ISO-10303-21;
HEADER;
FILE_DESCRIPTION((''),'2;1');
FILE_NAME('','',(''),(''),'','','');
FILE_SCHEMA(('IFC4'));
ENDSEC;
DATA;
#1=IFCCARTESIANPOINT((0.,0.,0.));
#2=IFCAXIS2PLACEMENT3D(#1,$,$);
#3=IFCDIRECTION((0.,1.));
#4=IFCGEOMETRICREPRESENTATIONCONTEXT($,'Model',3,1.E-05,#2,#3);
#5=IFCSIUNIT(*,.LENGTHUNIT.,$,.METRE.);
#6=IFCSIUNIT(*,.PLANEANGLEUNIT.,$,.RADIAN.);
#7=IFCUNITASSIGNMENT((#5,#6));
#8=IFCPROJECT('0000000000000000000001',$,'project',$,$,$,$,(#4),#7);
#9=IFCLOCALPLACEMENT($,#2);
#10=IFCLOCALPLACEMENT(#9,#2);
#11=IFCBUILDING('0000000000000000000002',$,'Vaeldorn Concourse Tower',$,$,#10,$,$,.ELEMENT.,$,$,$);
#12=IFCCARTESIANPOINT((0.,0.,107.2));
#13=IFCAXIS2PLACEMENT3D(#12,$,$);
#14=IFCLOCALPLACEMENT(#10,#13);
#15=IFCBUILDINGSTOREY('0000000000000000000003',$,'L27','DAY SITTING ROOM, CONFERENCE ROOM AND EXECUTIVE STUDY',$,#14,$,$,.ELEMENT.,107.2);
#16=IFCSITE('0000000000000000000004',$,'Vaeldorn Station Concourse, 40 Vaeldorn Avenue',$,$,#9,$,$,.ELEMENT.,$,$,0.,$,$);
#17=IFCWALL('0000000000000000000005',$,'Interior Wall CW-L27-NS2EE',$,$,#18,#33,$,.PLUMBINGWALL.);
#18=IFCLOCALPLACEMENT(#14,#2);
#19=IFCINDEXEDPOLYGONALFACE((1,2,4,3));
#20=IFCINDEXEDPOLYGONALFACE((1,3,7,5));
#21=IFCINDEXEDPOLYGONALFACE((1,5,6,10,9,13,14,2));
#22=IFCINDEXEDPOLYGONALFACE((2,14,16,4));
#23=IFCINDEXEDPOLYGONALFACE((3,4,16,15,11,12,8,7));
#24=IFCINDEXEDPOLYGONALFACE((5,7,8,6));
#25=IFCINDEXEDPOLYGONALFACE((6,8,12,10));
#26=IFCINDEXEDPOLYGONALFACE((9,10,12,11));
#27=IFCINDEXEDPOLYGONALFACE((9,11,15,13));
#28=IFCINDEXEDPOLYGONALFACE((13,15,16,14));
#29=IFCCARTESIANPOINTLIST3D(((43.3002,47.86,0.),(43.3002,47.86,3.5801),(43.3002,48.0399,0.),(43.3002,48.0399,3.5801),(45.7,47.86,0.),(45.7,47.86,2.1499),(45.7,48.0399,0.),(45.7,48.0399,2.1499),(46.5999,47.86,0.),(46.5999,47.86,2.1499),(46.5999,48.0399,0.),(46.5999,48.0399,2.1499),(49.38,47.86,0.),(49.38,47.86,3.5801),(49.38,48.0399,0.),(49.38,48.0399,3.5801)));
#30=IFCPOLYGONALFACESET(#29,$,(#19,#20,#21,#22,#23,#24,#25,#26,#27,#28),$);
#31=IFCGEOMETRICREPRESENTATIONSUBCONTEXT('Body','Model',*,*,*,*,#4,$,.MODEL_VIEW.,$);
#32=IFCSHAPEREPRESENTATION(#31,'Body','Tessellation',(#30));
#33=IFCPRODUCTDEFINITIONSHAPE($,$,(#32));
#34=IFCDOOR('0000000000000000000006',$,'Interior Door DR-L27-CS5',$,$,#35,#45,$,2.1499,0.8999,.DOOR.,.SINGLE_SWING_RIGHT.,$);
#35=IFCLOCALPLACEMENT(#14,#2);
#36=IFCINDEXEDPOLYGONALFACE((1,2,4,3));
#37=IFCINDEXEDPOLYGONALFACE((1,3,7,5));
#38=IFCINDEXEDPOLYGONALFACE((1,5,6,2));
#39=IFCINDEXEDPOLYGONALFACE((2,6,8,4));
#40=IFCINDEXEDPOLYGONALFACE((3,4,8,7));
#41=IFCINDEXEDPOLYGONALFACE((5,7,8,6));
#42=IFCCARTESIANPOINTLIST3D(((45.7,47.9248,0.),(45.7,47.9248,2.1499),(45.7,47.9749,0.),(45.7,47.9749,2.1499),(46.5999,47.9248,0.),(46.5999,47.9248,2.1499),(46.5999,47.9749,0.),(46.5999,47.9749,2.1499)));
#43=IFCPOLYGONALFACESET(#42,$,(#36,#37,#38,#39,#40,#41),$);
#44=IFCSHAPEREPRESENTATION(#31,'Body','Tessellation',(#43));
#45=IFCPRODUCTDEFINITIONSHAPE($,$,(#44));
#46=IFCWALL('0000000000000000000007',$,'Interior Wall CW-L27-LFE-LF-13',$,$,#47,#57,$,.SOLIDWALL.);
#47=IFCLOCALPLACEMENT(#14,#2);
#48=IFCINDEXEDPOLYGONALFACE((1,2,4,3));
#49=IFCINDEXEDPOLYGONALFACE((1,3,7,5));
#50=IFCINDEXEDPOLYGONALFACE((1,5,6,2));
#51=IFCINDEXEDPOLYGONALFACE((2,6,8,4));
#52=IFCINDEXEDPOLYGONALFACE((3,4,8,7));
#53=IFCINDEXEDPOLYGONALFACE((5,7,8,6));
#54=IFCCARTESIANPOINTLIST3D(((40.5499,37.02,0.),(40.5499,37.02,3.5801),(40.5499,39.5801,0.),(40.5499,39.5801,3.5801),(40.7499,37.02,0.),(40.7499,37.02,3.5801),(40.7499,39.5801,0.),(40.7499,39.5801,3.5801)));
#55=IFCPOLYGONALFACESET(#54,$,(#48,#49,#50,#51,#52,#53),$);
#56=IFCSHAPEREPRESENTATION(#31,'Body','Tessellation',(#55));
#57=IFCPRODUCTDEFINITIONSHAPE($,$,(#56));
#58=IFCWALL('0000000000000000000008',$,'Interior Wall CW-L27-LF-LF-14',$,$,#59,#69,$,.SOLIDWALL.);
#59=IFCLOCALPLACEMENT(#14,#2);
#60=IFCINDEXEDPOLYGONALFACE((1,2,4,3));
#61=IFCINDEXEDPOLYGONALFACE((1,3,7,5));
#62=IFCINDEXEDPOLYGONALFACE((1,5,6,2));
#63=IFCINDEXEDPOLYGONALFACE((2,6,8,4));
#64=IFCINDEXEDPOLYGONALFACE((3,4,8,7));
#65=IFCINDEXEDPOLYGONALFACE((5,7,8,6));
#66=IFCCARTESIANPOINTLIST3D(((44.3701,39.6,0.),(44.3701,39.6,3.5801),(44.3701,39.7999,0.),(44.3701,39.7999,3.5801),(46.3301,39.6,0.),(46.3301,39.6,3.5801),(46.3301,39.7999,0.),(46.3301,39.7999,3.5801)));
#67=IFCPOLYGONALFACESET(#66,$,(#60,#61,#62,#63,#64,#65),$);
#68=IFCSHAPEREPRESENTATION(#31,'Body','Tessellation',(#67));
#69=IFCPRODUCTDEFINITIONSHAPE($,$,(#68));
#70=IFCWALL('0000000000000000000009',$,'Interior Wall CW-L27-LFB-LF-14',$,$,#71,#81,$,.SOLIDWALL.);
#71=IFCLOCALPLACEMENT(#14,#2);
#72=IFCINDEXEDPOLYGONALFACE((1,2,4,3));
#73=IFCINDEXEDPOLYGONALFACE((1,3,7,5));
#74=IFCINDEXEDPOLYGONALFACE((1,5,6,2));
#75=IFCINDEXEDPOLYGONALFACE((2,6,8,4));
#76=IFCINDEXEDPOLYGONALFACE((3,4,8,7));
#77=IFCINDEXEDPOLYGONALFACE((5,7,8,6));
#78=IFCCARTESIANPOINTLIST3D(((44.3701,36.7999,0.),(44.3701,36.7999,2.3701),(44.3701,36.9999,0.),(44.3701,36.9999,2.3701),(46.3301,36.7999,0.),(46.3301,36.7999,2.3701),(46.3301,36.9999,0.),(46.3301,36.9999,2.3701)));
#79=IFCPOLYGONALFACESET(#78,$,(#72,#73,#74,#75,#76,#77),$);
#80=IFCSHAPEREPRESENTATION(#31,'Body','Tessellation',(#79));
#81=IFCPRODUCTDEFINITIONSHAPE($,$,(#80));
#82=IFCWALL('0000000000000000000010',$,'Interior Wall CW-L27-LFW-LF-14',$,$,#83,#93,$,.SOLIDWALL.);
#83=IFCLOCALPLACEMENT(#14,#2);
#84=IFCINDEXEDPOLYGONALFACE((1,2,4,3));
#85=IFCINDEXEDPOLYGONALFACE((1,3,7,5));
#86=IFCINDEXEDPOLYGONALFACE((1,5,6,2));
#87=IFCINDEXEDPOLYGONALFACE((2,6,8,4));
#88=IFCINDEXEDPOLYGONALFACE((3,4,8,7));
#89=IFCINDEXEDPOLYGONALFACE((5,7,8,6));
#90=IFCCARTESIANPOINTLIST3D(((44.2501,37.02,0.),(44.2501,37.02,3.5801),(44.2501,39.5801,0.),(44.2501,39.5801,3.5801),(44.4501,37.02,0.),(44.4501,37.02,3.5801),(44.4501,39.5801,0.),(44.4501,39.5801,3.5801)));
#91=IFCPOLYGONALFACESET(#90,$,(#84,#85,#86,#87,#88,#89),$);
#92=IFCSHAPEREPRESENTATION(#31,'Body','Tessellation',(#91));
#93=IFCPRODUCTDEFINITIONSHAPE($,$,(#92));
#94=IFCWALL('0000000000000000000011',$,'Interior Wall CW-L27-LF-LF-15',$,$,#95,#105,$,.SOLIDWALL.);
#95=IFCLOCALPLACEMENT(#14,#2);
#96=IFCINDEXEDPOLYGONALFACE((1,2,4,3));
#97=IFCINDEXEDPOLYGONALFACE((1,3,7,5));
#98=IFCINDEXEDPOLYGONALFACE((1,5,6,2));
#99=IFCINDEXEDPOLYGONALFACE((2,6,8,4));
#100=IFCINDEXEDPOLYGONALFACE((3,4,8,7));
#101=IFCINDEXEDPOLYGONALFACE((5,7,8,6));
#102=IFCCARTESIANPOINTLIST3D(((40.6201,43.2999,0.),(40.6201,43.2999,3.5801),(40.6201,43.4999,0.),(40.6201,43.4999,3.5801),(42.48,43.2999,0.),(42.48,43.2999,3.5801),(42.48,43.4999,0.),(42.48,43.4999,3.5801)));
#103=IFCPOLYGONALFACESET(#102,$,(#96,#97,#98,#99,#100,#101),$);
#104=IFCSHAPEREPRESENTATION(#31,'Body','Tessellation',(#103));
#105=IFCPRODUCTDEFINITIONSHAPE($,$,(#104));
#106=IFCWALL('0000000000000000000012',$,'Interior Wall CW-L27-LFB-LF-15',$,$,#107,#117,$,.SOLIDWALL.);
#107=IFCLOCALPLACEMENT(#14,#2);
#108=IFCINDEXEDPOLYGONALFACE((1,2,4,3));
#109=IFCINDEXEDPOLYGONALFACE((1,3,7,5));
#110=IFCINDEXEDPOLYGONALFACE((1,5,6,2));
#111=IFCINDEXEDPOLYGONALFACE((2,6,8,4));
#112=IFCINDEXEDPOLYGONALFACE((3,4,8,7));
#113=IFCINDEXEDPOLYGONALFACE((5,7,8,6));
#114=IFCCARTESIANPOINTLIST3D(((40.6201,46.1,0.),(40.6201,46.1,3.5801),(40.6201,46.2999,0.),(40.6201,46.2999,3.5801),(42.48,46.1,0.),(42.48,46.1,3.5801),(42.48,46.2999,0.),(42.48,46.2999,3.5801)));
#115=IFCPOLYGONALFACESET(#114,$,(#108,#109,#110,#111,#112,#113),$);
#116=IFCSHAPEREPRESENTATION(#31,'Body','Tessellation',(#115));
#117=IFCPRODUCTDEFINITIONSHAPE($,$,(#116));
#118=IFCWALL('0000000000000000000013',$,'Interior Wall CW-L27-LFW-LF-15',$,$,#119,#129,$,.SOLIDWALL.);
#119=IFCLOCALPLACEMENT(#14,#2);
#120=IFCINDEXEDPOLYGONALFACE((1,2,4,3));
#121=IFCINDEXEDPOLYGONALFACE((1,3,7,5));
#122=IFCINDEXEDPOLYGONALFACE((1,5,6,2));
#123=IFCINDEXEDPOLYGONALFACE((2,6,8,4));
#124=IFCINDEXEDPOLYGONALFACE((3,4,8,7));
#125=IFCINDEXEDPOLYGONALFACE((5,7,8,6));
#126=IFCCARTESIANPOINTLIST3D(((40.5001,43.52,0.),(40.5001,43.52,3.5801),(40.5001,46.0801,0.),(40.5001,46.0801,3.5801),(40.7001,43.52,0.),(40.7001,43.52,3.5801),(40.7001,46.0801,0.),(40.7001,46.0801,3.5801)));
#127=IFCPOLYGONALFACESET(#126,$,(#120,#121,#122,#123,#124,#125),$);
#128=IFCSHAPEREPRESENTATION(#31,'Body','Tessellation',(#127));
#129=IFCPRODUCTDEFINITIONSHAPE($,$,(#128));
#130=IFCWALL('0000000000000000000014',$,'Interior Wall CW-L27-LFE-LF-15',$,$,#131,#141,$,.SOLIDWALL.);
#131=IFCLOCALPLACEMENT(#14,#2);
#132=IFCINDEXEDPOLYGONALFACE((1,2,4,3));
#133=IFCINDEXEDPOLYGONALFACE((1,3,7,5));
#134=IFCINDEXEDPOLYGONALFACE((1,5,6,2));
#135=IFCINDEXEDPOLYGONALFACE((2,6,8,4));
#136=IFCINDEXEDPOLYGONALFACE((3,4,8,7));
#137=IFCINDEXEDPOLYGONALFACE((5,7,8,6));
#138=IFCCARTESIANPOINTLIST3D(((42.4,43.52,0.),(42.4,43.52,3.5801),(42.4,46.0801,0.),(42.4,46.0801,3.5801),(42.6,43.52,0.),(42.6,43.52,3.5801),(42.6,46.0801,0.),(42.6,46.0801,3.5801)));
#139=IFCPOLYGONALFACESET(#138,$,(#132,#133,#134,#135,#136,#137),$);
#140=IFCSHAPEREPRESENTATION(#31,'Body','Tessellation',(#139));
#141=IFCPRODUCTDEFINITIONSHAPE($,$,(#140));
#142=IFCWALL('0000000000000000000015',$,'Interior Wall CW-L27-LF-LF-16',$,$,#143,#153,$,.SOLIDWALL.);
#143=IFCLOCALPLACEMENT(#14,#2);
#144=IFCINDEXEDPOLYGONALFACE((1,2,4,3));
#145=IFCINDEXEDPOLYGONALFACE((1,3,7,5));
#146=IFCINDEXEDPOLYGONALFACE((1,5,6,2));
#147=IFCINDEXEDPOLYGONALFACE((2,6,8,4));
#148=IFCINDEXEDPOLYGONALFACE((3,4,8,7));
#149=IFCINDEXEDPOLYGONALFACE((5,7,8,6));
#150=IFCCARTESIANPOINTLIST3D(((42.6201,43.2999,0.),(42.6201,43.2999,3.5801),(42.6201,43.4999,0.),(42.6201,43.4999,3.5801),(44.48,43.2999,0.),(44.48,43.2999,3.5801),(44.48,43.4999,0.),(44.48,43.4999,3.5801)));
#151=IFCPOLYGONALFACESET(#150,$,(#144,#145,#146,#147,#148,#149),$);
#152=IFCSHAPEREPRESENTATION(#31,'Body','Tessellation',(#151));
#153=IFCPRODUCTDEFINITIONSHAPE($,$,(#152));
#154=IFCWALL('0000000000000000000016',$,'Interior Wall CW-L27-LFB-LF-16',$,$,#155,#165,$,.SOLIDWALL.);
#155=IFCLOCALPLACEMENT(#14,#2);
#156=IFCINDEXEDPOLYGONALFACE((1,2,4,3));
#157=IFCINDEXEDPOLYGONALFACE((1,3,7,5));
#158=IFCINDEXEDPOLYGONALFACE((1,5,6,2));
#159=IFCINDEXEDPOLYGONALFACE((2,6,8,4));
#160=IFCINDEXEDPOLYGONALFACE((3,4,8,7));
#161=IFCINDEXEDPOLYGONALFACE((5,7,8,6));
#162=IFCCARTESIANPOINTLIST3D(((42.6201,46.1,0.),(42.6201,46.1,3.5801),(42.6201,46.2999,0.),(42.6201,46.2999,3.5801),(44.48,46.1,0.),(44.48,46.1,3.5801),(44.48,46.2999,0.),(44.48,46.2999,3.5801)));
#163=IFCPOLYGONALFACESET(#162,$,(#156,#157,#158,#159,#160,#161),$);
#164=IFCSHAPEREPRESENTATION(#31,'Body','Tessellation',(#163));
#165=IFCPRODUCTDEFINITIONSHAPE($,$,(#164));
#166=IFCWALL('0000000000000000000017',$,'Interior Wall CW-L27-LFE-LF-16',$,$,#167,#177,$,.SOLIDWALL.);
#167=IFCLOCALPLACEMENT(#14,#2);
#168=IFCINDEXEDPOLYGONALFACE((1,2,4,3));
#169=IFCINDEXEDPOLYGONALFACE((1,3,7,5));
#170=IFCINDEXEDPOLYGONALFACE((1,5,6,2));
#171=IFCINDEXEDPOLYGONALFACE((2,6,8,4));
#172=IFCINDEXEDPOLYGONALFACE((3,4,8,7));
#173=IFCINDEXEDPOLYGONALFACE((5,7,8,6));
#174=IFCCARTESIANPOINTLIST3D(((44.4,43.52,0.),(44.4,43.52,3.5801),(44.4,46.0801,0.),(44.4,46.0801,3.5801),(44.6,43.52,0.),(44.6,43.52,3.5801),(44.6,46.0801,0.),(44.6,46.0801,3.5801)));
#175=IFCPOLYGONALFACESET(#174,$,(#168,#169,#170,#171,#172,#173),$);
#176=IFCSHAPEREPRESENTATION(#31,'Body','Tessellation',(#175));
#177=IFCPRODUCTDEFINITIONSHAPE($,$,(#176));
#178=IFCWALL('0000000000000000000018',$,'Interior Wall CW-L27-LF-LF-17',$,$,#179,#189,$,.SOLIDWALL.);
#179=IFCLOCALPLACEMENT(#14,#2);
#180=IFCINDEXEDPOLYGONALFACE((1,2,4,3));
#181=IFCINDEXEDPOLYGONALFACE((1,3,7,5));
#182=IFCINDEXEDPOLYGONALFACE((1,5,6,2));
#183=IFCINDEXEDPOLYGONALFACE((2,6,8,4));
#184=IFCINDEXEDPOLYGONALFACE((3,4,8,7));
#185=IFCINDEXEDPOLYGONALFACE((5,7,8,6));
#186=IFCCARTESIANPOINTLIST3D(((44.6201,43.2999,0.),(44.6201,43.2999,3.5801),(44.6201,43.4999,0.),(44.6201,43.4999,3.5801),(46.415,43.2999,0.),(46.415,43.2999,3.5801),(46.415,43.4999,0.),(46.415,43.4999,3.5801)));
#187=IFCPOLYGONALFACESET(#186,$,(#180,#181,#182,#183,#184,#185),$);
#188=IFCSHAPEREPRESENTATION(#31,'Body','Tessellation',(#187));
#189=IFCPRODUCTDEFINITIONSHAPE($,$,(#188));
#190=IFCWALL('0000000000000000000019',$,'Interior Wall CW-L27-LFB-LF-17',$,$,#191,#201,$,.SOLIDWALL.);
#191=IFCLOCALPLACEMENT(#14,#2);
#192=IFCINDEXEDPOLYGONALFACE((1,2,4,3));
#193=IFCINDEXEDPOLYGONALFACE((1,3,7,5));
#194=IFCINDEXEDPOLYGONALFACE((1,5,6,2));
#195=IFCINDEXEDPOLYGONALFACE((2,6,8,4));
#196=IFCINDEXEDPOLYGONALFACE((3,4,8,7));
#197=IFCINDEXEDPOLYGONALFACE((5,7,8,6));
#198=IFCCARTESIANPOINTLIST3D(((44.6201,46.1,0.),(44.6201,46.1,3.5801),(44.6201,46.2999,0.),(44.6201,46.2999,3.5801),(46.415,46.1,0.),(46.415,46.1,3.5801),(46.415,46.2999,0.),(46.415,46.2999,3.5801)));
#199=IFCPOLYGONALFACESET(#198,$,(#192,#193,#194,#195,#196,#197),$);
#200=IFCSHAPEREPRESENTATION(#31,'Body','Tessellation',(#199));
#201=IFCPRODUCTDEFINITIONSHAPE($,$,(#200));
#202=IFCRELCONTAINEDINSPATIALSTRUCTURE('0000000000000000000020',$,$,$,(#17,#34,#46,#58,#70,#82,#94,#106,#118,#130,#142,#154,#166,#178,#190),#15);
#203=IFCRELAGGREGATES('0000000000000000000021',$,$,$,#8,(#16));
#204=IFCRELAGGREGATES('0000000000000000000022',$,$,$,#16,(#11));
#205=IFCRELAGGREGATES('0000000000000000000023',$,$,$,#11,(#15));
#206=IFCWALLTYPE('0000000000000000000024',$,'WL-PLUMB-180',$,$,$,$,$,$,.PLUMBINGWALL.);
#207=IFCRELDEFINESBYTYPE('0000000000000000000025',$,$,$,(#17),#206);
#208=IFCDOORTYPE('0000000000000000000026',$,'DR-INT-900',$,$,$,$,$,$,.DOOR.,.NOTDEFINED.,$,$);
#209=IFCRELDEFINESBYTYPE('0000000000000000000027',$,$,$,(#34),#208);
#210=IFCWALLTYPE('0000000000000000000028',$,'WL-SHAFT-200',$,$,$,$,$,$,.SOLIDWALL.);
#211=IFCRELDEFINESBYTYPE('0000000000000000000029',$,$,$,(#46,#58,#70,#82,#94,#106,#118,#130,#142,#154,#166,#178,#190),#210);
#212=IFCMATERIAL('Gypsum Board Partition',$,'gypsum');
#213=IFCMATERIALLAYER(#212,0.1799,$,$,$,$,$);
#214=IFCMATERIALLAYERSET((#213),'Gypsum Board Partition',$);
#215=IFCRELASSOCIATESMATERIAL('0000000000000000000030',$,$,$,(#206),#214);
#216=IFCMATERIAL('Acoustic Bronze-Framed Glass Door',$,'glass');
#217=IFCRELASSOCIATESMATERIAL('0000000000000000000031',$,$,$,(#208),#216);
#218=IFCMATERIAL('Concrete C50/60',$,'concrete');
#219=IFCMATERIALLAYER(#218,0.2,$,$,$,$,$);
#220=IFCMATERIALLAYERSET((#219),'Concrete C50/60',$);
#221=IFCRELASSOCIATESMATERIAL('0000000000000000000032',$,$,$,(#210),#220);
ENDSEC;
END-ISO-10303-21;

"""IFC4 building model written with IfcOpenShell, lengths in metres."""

from ifc_helpers import new_model, si_unit, direction, frame, frame_2d, origin, place, context, subcontext, project, spatial, rectangle, extrude, source, transform, mapped, material, layer, layer_set, type_object, element, fill, save


model = new_model("IFC4")

# Units and contexts
model_context = context("Model", 3, precision=1e-05, world=origin(), true_north=direction((0.0, 1.0)))
body_context = subcontext(model_context, "Body", "Model", "MODEL_VIEW")
ifc_project = project(units=[si_unit("LENGTHUNIT", "METRE"), si_unit("PLANEANGLEUNIT", "RADIAN")], contexts=[model_context])

# Site, building, storey
site_placement = place(None, origin())
site = spatial("IfcSite", under=ifc_project, at=site_placement, Name="Vaeldorn Station Concourse, 40 Vaeldorn Avenue", CompositionType="ELEMENT", RefElevation=0.0)
building_placement = place(site_placement, origin())
building = spatial("IfcBuilding", under=site, at=building_placement, Name="Vaeldorn Concourse Tower", CompositionType="ELEMENT")
storey_placement = place(building_placement, frame((0.0, 0.0, 107.2)))
storey = spatial("IfcBuildingStorey", under=building, at=storey_placement, Name="L27", Description="DAY SITTING ROOM, CONFERENCE ROOM AND EXECUTIVE STUDY", CompositionType="ELEMENT", Elevation=107.2)

# Shared definitions
ifc_material_1 = material(Name="Gypsum Board Partition", Category="gypsum")

# Shared definitions
ifc_layer_1 = layer(ifc_material_1, 0.1799)
ifc_layer_set_1 = layer_set([ifc_layer_1], Name="Gypsum Board Partition")
wall_type_1 = type_object("IfcWallType", Name="WL-PLUMB-180", PredefinedType="PLUMBINGWALL", material=ifc_layer_set_1)

# Wall, opening, door
wall_1_placement = place(storey_placement, frame((43.3, 47.95, 0.0), z_axis=(0.0, 0.0, 1.0), x_axis=(1.0, 0.0, 0.0)))
wall_1 = element("IfcWall", 1, at=wall_1_placement, inside=storey, type_object=wall_type_1, Name="Interior Wall CW-L27-NS2EE", PredefinedType="PLUMBINGWALL", context=body_context, shape_type="SweptSolid", body=[
    extrude(rectangle(XDim=6.0798, YDim=0.1799, at=frame_2d((3.04, 0.0))), origin(), (0.0, 0.0, 1.0), 3.5801),
])
opening_1_placement = place(wall_1_placement, frame((2.3999, 0.0, 0.0)))
opening_1 = element("IfcOpeningElement", 2, at=opening_1_placement, cuts=wall_1, PredefinedType="OPENING", context=body_context, shape_type="SweptSolid", body=[
    extrude(rectangle(XDim=0.8999, YDim=2.1499, at=frame_2d((0.45, 1.075))), frame((0.0, 0.1001, 0.0), z_axis=(0.0, -1.0, 0.0), x_axis=(1.0, 0.0, 0.0)), (0.0, 0.0, 1.0), 0.2),
])
ifc_material_2 = material(Name="Acoustic Bronze-Framed Glass Door", Category="glass")
door_type_1 = type_object("IfcDoorType", Name="DR-INT-900", OperationType="NOTDEFINED", PredefinedType="DOOR", material=ifc_material_2)
shared_shape_1 = source(origin(), body_context, "Body", "SweptSolid", [
    extrude(rectangle(XDim=0.8999, YDim=2.1499, at=frame_2d((0.45, 1.075))), frame((0.0, 0.0249, 0.0), z_axis=(0.0, -1.0, 0.0), x_axis=(1.0, 0.0, 0.0)), (0.0, 0.0, 1.0), 0.05),
])
door_1_placement = place(opening_1_placement, origin())
door_1 = element("IfcDoor", 3, at=door_1_placement, inside=storey, type_object=door_type_1, Name="Interior Door DR-L27-CS5", OperationType="SINGLE_SWING_RIGHT", OverallHeight=2.1499, OverallWidth=0.8999, PredefinedType="DOOR", context=body_context, shape_type="MappedRepresentation", body=[
    mapped(shared_shape_1, transform((0.0, 0.0, 0.0), scale=1.0)),
])
fill(opening_1, door_1)
ifc_material_3 = material(Name="Concrete C50/60", Category="concrete")
ifc_layer_2 = layer(ifc_material_3, 0.2)
ifc_layer_set_2 = layer_set([ifc_layer_2], Name="Concrete C50/60")
wall_type_2 = type_object("IfcWallType", Name="WL-SHAFT-200", PredefinedType="SOLIDWALL", material=ifc_layer_set_2)

# Walls
wall_2_placement = place(storey_placement, frame((40.6499, 37.02, 0.0), z_axis=(0.0, 0.0, 1.0), x_axis=(0.0, 1.0, 0.0)))
element("IfcWall", 4, at=wall_2_placement, inside=storey, type_object=wall_type_2, Name="Interior Wall CW-L27-LFE-LF-13", PredefinedType="SOLIDWALL", context=body_context, shape_type="SweptSolid", body=[
    extrude(rectangle(XDim=2.5601, YDim=0.2, at=frame_2d((1.28, 0.0))), origin(), (0.0, 0.0, 1.0), 3.5801),
])
wall_3_placement = place(storey_placement, frame((44.3701, 39.7, 0.0), z_axis=(0.0, 0.0, 1.0), x_axis=(1.0, 0.0, 0.0)))
element("IfcWall", 5, at=wall_3_placement, inside=storey, type_object=wall_type_2, Name="Interior Wall CW-L27-LF-LF-14", PredefinedType="SOLIDWALL", context=body_context, shape_type="SweptSolid", body=[
    extrude(rectangle(XDim=1.96, YDim=0.2, at=frame_2d((0.98, 0.0))), origin(), (0.0, 0.0, 1.0), 3.5801),
])
wall_4_placement = place(storey_placement, frame((44.3701, 36.8999, 0.0), z_axis=(0.0, 0.0, 1.0), x_axis=(1.0, 0.0, 0.0)))
element("IfcWall", 6, at=wall_4_placement, inside=storey, type_object=wall_type_2, Name="Interior Wall CW-L27-LFB-LF-14", PredefinedType="SOLIDWALL", context=body_context, shape_type="SweptSolid", body=[
    extrude(rectangle(XDim=1.96, YDim=0.2, at=frame_2d((0.98, 0.0))), origin(), (0.0, 0.0, 1.0), 2.3701),
])
wall_5_placement = place(storey_placement, frame((44.3501, 37.02, 0.0), z_axis=(0.0, 0.0, 1.0), x_axis=(0.0, 1.0, 0.0)))
element("IfcWall", 7, at=wall_5_placement, inside=storey, type_object=wall_type_2, Name="Interior Wall CW-L27-LFW-LF-14", PredefinedType="SOLIDWALL", context=body_context, shape_type="SweptSolid", body=[
    extrude(rectangle(XDim=2.5601, YDim=0.2, at=frame_2d((1.28, 0.0))), origin(), (0.0, 0.0, 1.0), 3.5801),
])
for number, where, z_axis, x_axis, name in (
    (8, (40.6201, 43.3999, 0.0), (0.0, 0.0, 1.0), (1.0, 0.0, 0.0), "Interior Wall CW-L27-LF-LF-15"),
    (9, (40.6201, 46.2, 0.0), (0.0, 0.0, 1.0), (1.0, 0.0, 0.0), "Interior Wall CW-L27-LFB-LF-15"),
):
    element("IfcWall", number, at=place(storey_placement, frame(where, z_axis=z_axis, x_axis=x_axis)), inside=storey, type_object=wall_type_2, Name=name, PredefinedType="SOLIDWALL", context=body_context, shape_type="SweptSolid", body=[
        extrude(rectangle(XDim=1.8599, YDim=0.2, at=frame_2d((0.9299, 0.0))), origin(), (0.0, 0.0, 1.0), 3.5801),
    ])
for number, where, z_axis, x_axis, name in (
    (10, (40.6001, 43.52, 0.0), (0.0, 0.0, 1.0), (0.0, 1.0, 0.0), "Interior Wall CW-L27-LFW-LF-15"),
    (11, (42.5, 43.52, 0.0), (0.0, 0.0, 1.0), (0.0, 1.0, 0.0), "Interior Wall CW-L27-LFE-LF-15"),
):
    element("IfcWall", number, at=place(storey_placement, frame(where, z_axis=z_axis, x_axis=x_axis)), inside=storey, type_object=wall_type_2, Name=name, PredefinedType="SOLIDWALL", context=body_context, shape_type="SweptSolid", body=[
        extrude(rectangle(XDim=2.5601, YDim=0.2, at=frame_2d((1.28, 0.0))), origin(), (0.0, 0.0, 1.0), 3.5801),
    ])
for number, where, z_axis, x_axis, name in (
    (12, (42.6201, 43.3999, 0.0), (0.0, 0.0, 1.0), (1.0, 0.0, 0.0), "Interior Wall CW-L27-LF-LF-16"),
    (13, (42.6201, 46.2, 0.0), (0.0, 0.0, 1.0), (1.0, 0.0, 0.0), "Interior Wall CW-L27-LFB-LF-16"),
):
    element("IfcWall", number, at=place(storey_placement, frame(where, z_axis=z_axis, x_axis=x_axis)), inside=storey, type_object=wall_type_2, Name=name, PredefinedType="SOLIDWALL", context=body_context, shape_type="SweptSolid", body=[
        extrude(rectangle(XDim=1.8599, YDim=0.2, at=frame_2d((0.9299, 0.0))), origin(), (0.0, 0.0, 1.0), 3.5801),
    ])
wall_6_placement = place(storey_placement, frame((44.5, 43.52, 0.0), z_axis=(0.0, 0.0, 1.0), x_axis=(0.0, 1.0, 0.0)))
element("IfcWall", 14, at=wall_6_placement, inside=storey, type_object=wall_type_2, Name="Interior Wall CW-L27-LFE-LF-16", PredefinedType="SOLIDWALL", context=body_context, shape_type="SweptSolid", body=[
    extrude(rectangle(XDim=2.5601, YDim=0.2, at=frame_2d((1.28, 0.0))), origin(), (0.0, 0.0, 1.0), 3.5801),
])
for number, where, z_axis, x_axis, name in (
    (15, (44.6201, 43.3999, 0.0), (0.0, 0.0, 1.0), (1.0, 0.0, 0.0), "Interior Wall CW-L27-LF-LF-17"),
    (16, (44.6201, 46.2, 0.0), (0.0, 0.0, 1.0), (1.0, 0.0, 0.0), "Interior Wall CW-L27-LFB-LF-17"),
):
    element("IfcWall", number, at=place(storey_placement, frame(where, z_axis=z_axis, x_axis=x_axis)), inside=storey, type_object=wall_type_2, Name=name, PredefinedType="SOLIDWALL", context=body_context, shape_type="SweptSolid", body=[
        extrude(rectangle(XDim=1.7949, YDim=0.2, at=frame_2d((0.8975, 0.0))), origin(), (0.0, 0.0, 1.0), 3.5801),
    ])

save(model, "model.ifc")
